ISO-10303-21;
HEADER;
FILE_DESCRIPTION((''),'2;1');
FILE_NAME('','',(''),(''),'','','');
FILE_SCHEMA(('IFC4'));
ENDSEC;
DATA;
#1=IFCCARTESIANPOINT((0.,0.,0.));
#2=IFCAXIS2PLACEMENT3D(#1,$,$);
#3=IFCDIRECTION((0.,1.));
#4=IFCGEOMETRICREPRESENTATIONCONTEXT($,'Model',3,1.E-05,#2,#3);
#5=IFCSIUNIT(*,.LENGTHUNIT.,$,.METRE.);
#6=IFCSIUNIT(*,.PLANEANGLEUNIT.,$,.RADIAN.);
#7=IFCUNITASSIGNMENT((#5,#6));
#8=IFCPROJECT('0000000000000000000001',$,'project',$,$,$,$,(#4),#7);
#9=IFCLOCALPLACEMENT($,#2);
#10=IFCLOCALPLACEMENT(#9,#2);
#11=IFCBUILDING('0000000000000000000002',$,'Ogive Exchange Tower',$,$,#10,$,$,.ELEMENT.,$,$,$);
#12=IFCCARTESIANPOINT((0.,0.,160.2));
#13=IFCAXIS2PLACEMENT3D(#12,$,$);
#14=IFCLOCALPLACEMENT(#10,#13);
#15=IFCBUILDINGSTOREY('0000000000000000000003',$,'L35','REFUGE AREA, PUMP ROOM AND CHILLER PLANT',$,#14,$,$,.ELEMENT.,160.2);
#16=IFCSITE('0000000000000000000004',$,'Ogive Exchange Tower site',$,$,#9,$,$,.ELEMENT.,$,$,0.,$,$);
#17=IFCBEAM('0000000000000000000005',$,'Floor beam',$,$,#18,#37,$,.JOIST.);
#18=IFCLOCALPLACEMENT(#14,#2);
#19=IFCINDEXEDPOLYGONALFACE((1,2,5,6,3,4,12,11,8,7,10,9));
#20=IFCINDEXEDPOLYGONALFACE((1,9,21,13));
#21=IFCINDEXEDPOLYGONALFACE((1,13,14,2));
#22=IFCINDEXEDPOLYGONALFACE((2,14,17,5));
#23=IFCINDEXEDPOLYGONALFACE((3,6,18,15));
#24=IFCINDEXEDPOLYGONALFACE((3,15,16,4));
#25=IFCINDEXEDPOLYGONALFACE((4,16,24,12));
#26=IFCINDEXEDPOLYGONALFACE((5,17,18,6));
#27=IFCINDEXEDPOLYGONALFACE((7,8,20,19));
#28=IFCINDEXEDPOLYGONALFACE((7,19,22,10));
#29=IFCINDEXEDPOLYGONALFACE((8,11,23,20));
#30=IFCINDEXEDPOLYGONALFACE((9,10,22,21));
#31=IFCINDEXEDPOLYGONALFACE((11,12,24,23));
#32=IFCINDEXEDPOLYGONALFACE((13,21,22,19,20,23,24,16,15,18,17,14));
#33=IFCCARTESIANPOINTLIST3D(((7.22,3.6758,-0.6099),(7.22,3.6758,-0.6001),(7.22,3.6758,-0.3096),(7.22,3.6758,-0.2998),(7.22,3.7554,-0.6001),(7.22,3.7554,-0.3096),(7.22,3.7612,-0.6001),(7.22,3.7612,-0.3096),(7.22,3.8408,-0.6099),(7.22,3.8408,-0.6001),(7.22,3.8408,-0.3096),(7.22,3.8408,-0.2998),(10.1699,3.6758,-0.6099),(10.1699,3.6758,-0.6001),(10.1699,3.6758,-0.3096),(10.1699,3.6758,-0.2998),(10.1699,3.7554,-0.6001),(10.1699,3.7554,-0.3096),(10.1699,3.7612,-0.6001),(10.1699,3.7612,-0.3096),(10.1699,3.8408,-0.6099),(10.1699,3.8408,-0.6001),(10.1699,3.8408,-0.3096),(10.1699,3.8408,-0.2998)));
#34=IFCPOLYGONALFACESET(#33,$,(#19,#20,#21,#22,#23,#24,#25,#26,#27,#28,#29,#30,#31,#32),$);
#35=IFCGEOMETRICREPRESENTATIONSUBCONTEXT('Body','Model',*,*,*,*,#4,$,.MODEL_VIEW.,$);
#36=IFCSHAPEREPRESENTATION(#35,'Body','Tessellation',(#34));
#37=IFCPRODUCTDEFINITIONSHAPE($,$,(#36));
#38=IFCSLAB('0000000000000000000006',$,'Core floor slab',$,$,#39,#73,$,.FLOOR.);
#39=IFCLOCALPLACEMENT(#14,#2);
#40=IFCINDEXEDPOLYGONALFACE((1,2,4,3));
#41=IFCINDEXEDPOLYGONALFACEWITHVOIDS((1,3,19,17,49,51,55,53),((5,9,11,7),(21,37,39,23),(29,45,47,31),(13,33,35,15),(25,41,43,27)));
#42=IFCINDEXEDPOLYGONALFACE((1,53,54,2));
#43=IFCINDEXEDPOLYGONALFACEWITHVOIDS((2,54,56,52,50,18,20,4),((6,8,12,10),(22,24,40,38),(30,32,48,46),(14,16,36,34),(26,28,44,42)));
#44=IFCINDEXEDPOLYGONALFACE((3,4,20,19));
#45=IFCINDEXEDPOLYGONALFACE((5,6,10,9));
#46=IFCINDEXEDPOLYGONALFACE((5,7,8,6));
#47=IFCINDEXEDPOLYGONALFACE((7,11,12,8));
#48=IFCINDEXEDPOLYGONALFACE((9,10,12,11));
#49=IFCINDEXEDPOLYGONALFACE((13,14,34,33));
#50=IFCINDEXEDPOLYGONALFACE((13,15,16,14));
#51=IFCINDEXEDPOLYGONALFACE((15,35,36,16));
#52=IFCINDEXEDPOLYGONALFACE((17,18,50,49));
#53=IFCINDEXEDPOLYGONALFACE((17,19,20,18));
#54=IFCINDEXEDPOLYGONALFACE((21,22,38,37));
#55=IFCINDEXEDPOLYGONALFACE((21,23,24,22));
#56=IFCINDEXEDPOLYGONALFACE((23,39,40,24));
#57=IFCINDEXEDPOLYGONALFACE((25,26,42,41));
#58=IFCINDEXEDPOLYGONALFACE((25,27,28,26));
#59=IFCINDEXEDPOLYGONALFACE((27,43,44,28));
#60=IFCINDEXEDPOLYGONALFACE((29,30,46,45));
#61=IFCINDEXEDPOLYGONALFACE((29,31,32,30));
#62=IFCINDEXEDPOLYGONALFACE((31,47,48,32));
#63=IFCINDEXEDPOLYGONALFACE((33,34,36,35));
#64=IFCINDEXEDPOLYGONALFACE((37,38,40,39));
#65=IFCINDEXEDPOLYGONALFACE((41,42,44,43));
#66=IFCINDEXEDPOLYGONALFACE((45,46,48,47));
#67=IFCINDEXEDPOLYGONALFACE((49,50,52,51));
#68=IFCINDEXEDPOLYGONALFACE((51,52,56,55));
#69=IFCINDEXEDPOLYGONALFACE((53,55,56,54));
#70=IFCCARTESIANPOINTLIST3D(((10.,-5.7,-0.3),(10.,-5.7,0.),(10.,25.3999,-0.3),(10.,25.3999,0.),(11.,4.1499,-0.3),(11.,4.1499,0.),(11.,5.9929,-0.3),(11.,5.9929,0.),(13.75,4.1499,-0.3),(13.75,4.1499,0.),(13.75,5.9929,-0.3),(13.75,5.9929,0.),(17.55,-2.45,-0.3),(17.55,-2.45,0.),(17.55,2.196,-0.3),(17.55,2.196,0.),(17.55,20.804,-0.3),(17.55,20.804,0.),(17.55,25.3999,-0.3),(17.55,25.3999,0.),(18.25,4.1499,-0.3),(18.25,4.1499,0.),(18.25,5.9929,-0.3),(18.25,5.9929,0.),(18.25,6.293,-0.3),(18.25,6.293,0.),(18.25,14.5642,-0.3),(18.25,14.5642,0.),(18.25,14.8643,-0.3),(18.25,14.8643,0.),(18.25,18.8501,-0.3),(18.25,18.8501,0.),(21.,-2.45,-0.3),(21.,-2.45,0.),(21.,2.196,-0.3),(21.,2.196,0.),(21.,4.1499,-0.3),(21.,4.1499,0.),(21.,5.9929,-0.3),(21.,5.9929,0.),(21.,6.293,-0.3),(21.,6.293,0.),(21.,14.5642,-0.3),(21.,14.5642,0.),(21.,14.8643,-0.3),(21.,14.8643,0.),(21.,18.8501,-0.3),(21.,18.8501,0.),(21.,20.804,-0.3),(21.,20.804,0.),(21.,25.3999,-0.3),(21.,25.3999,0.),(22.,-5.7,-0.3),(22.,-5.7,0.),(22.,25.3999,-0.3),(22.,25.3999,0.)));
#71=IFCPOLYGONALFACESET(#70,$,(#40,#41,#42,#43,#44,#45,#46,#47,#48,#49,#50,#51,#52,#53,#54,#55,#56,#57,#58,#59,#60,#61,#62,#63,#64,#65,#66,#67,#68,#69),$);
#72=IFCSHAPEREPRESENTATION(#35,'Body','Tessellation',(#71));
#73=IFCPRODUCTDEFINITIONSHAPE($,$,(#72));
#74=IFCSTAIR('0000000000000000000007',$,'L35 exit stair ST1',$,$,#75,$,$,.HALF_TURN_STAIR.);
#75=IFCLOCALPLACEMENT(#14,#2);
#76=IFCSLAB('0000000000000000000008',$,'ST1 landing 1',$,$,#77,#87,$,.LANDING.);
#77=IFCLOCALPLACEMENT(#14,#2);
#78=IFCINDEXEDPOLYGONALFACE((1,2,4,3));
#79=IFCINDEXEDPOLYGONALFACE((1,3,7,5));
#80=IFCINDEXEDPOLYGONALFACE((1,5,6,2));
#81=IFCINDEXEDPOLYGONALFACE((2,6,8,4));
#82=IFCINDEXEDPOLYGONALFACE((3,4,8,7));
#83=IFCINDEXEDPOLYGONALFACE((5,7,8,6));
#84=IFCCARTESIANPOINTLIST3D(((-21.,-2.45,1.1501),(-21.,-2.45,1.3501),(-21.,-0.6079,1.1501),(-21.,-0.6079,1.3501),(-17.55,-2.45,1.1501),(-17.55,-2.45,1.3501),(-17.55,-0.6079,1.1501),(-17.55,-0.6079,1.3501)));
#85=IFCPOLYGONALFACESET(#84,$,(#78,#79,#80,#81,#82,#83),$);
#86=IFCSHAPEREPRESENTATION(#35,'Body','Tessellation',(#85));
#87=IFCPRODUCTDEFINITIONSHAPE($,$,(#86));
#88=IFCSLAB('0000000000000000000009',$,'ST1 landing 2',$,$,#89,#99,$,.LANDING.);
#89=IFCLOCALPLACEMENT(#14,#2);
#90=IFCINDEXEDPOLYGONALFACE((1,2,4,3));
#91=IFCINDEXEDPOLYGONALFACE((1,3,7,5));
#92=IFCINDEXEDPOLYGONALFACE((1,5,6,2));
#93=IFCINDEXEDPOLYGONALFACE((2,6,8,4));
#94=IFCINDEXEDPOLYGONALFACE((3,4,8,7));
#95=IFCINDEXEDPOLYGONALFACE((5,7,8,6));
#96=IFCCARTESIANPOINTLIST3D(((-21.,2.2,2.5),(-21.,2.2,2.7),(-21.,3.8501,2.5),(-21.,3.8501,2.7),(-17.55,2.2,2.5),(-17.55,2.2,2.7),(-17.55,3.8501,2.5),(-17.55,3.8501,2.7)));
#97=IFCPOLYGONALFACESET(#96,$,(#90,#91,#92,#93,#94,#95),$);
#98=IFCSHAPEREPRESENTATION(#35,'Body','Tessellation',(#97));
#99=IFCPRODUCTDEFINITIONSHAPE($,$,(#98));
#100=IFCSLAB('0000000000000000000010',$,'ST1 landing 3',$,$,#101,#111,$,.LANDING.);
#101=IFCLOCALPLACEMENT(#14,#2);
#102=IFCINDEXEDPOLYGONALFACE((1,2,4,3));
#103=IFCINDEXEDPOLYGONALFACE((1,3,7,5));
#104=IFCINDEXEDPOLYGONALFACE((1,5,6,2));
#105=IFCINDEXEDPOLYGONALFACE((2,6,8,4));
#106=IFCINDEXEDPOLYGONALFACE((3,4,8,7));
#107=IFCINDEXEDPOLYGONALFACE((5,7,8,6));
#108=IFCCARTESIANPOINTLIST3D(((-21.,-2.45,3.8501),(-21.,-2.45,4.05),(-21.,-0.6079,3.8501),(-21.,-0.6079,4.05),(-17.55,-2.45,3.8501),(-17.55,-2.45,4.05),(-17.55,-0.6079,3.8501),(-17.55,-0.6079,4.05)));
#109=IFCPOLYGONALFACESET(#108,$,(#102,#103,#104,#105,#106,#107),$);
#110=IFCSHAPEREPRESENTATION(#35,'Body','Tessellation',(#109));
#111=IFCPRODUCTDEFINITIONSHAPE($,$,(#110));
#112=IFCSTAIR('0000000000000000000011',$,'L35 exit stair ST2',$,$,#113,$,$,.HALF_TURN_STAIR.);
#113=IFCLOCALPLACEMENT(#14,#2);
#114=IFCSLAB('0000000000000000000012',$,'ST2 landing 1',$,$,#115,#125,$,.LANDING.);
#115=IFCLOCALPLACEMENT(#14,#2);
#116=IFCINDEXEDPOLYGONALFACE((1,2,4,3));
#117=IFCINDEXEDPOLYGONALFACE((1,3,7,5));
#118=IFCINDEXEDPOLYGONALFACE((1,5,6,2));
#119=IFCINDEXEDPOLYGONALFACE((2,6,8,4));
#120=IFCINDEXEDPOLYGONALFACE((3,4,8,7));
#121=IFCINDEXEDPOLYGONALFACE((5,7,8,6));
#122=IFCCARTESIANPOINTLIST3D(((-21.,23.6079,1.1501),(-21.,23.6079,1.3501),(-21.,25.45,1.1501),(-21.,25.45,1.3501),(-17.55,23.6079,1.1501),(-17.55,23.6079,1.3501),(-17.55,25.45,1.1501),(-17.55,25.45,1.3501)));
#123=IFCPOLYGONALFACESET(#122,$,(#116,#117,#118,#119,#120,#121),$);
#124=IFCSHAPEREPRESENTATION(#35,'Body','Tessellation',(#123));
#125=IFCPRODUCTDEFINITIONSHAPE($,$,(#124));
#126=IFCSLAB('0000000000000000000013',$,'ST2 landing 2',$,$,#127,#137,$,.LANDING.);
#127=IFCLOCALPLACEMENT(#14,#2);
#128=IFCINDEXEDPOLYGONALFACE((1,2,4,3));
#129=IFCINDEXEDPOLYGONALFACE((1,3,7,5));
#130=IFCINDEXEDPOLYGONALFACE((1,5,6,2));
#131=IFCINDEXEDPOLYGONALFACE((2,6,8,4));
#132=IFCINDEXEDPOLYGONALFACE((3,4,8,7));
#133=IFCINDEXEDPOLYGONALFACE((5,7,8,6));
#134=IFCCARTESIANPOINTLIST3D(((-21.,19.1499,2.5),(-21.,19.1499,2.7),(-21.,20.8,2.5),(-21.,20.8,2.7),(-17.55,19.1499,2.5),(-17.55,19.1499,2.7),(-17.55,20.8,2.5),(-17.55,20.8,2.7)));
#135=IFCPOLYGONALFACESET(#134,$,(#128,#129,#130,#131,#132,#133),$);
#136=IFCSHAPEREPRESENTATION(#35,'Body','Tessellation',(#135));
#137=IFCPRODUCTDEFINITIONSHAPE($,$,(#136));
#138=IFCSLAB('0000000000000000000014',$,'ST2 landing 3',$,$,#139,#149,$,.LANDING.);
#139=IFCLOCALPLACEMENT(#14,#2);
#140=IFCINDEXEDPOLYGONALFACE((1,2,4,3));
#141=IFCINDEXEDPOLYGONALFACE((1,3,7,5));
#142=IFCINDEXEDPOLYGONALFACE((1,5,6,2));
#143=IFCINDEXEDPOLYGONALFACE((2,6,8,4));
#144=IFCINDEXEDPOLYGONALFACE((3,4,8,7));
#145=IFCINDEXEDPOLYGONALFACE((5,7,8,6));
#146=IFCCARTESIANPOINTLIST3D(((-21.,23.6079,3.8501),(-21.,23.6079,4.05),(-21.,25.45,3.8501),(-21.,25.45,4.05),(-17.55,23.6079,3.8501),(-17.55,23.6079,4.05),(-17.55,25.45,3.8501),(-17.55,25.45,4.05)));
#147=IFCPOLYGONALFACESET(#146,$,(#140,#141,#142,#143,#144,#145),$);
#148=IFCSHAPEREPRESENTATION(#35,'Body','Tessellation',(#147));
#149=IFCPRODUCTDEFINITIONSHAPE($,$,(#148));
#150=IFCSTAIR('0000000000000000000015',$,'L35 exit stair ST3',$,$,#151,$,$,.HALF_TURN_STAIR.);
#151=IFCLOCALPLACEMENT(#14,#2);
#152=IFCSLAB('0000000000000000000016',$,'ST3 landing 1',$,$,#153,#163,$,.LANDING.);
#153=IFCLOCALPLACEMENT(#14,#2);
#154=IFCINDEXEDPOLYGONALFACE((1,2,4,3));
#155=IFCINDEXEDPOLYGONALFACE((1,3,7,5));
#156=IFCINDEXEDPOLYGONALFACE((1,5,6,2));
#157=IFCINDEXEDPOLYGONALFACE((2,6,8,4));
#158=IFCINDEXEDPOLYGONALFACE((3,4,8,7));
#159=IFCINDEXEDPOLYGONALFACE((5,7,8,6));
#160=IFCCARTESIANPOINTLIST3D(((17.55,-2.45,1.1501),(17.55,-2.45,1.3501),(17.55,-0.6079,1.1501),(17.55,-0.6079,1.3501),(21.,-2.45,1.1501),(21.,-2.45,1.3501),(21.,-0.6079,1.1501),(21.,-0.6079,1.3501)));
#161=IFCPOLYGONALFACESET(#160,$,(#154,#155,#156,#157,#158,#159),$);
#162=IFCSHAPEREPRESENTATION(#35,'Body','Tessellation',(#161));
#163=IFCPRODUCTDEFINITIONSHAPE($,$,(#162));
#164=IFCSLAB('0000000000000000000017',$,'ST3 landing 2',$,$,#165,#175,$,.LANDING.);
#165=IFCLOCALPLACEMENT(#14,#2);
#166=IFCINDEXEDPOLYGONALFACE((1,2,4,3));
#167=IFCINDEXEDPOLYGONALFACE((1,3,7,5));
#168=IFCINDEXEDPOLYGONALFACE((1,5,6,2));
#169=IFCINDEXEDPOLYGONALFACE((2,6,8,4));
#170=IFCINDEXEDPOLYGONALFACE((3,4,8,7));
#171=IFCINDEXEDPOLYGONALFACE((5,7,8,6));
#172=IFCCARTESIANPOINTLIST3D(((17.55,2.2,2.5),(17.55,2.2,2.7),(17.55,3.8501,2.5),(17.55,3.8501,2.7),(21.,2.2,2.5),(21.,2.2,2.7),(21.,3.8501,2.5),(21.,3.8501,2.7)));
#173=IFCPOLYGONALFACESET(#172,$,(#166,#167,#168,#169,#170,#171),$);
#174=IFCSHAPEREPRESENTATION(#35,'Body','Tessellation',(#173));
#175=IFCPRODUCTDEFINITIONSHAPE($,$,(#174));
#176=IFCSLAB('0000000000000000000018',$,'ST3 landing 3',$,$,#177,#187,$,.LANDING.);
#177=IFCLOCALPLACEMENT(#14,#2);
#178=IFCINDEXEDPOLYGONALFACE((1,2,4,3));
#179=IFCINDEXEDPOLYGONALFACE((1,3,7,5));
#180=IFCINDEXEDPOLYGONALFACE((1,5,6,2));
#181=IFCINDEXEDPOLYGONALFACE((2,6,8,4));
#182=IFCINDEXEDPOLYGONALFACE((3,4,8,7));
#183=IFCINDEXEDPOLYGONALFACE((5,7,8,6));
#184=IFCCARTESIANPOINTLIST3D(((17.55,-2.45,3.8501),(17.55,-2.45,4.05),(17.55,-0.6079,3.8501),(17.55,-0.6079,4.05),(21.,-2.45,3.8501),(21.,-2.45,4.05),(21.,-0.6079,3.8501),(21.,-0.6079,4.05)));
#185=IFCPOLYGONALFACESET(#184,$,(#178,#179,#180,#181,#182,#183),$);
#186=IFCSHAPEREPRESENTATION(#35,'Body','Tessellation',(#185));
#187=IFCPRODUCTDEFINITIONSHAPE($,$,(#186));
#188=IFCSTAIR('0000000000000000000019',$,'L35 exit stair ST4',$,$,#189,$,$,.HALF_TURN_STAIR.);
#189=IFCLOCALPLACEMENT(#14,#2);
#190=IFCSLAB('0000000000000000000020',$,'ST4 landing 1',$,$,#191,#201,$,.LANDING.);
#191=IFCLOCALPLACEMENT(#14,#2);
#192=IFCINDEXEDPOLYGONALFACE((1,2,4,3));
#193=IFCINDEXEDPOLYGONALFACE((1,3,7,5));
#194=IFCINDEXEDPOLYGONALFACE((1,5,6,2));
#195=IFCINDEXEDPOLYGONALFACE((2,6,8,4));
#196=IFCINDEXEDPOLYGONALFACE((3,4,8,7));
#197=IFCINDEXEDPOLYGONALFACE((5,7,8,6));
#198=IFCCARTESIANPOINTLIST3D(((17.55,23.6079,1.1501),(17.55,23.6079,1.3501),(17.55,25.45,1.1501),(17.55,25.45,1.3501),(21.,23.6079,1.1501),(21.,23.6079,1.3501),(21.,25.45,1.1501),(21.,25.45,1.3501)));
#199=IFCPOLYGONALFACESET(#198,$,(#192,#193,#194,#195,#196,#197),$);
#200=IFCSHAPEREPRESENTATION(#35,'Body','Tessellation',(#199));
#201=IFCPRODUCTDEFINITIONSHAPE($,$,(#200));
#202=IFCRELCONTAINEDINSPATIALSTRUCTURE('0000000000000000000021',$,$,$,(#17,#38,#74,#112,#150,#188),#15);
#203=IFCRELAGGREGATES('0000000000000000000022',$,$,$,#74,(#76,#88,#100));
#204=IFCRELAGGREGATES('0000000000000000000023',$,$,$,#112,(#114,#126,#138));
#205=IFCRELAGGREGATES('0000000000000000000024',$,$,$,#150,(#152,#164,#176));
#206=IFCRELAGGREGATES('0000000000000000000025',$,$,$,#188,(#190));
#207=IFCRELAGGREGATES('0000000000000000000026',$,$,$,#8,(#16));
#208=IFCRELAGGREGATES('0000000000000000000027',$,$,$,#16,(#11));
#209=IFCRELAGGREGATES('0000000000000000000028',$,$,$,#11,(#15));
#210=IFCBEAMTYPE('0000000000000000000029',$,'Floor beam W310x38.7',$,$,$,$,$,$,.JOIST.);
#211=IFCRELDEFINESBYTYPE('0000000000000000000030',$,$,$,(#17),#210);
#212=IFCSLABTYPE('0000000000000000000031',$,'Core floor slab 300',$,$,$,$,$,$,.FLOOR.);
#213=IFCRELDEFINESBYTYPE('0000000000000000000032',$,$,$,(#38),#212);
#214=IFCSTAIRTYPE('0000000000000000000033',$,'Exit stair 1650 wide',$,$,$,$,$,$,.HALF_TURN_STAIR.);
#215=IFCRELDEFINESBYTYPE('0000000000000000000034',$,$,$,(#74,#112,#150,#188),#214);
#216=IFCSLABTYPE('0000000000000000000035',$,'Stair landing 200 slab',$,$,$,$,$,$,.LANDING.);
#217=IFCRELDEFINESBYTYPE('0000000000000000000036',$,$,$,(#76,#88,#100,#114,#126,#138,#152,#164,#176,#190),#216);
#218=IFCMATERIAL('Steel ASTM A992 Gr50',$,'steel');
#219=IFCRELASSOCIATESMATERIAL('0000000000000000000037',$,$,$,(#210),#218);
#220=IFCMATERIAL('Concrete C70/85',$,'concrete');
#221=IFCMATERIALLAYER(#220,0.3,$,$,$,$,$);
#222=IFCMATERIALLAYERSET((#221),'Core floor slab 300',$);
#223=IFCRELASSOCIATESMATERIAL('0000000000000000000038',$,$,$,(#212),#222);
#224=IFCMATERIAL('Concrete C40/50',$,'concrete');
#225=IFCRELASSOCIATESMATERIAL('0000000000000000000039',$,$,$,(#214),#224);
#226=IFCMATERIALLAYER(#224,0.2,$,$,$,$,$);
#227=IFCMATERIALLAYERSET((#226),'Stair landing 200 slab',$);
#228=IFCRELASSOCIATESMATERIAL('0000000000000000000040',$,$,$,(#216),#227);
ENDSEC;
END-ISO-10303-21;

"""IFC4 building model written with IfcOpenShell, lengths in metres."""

from ifc_helpers import new_model, si_unit, direction, frame, origin, origin_2d, place, context, subcontext, project, spatial, polyline, i_section, outline, extrude, material, layer, layer_set, material_profile, profile_set, type_object, element, aggregate, save


model = new_model("IFC4")

# Units and contexts
model_context = context("Model", 3, precision=1e-05, world=origin(), true_north=direction((0.0, 1.0)))
body_context = subcontext(model_context, "Body", "Model", "MODEL_VIEW")
ifc_project = project(units=[si_unit("LENGTHUNIT", "METRE"), si_unit("PLANEANGLEUNIT", "RADIAN")], contexts=[model_context])

# Site, building, storey
site_placement = place(None, origin())
site = spatial("IfcSite", under=ifc_project, at=site_placement, Name="Ogive Exchange Tower site", CompositionType="ELEMENT", RefElevation=0.0)
building_placement = place(site_placement, origin())
building = spatial("IfcBuilding", under=site, at=building_placement, Name="Ogive Exchange Tower", CompositionType="ELEMENT")
storey_placement = place(building_placement, frame((0.0, 0.0, 160.2)))
storey = spatial("IfcBuildingStorey", under=building, at=storey_placement, Name="L35", Description="REFUGE AREA, PUMP ROOM AND CHILLER PLANT", CompositionType="ELEMENT", Elevation=160.2)

# Beam
ifc_material_1 = material(Name="Steel ASTM A992 Gr50", Category="steel")
ifc_material_profile = material_profile(ifc_material_1, i_section(OverallWidth=0.165, OverallDepth=0.3101, WebThickness=0.0059, FlangeThickness=0.0098, at=origin_2d()), Name="W310x38.7")
ifc_profile_set = profile_set([ifc_material_profile], Name="Steel ASTM A992 Gr50")
beam_type = type_object("IfcBeamType", Name="Floor beam W310x38.7", PredefinedType="JOIST", material=ifc_profile_set)
beam_placement = place(storey_placement, frame((7.22, 3.7583, -0.4548), z_axis=(1.0, 0.0, 0.0), x_axis=(0.0, 1.0, 0.0)))
element("IfcBeam", 1, at=beam_placement, inside=storey, type_object=beam_type, Name="Floor beam", PredefinedType="JOIST", context=body_context, shape_type="SweptSolid", body=[
    extrude(i_section(OverallWidth=0.165, OverallDepth=0.3101, WebThickness=0.0059, FlangeThickness=0.0098, at=origin_2d()), origin(), (0.0, 0.0, 1.0), 2.95),
])

# Slab
ifc_material_2 = material(Name="Concrete C70/85", Category="concrete")
ifc_layer_1 = layer(ifc_material_2, 0.3)
ifc_layer_set_1 = layer_set([ifc_layer_1], Name="Core floor slab 300")
slab_type_1 = type_object("IfcSlabType", Name="Core floor slab 300", PredefinedType="FLOOR", material=ifc_layer_set_1)
slab_1_placement = place(storey_placement, frame((0.0, 0.0, -0.3)))
element("IfcSlab", 2, at=slab_1_placement, inside=storey, type_object=slab_type_1, Name="Core floor slab", PredefinedType="FLOOR", context=body_context, shape_type="SweptSolid", body=[
    extrude(outline(polyline([(22.0, 25.3999), (22.0, -5.7), (10.0, -5.7), (10.0, 25.3999), (17.55, 25.3999), (17.55, 20.804), (21.0, 20.804), (21.0, 25.3999), (22.0, 25.3999)]), holes=[polyline([(21.0, 2.196), (17.55, 2.196), (17.55, -2.45), (21.0, -2.45), (21.0, 2.196)]), polyline([(13.75, 5.9929), (11.0, 5.9929), (11.0, 4.1499), (13.75, 4.1499), (13.75, 5.9929)]), polyline([(21.0, 5.9929), (18.25, 5.9929), (18.25, 4.1499), (21.0, 4.1499), (21.0, 5.9929)]), polyline([(18.25, 14.5642), (18.25, 6.293), (21.0, 6.293), (21.0, 14.5642), (18.25, 14.5642)]), polyline([(21.0, 18.8501), (18.25, 18.8501), (18.25, 14.8643), (21.0, 14.8643), (21.0, 18.8501)])]), origin(), (0.0, 0.0, 1.0), 0.3),
])

# Stairs, slabs
ifc_material_3 = material(Name="Concrete C40/50", Category="concrete")
stair_type = type_object("IfcStairType", Name="Exit stair 1650 wide", PredefinedType="HALF_TURN_STAIR", material=ifc_material_3)
stair_1_placement = place(storey_placement, origin())
stair_1 = element("IfcStair", 3, at=stair_1_placement, inside=storey, type_object=stair_type, Name="L35 exit stair ST1", PredefinedType="HALF_TURN_STAIR")
ifc_layer_2 = layer(ifc_material_3, 0.2)
ifc_layer_set_2 = layer_set([ifc_layer_2], Name="Stair landing 200 slab")
slab_type_2 = type_object("IfcSlabType", Name="Stair landing 200 slab", PredefinedType="LANDING", material=ifc_layer_set_2)
slab_2_placement = place(storey_placement, frame((0.0, 0.0, 1.1501)))
slab_2 = element("IfcSlab", 4, at=slab_2_placement, type_object=slab_type_2, Name="ST1 landing 1", PredefinedType="LANDING", context=body_context, shape_type="SweptSolid", body=[
    extrude(outline(polyline([(-21.0, -0.6079), (-21.0, -2.45), (-17.55, -2.45), (-17.55, -0.6079), (-21.0, -0.6079)])), origin(), (0.0, 0.0, 1.0), 0.2),
])
slab_3_placement = place(storey_placement, frame((0.0, 0.0, 2.5)))
slab_3 = element("IfcSlab", 5, at=slab_3_placement, type_object=slab_type_2, Name="ST1 landing 2", PredefinedType="LANDING", context=body_context, shape_type="SweptSolid", body=[
    extrude(outline(polyline([(-21.0, 3.8501), (-21.0, 2.2), (-17.55, 2.2), (-17.55, 3.8501), (-21.0, 3.8501)])), origin(), (0.0, 0.0, 1.0), 0.2),
])
slab_4_placement = place(storey_placement, frame((0.0, 0.0, 3.8501)))
slab_4 = element("IfcSlab", 6, at=slab_4_placement, type_object=slab_type_2, Name="ST1 landing 3", PredefinedType="LANDING", context=body_context, shape_type="SweptSolid", body=[
    extrude(outline(polyline([(-21.0, -0.6079), (-21.0, -2.45), (-17.55, -2.45), (-17.55, -0.6079), (-21.0, -0.6079)])), origin(), (0.0, 0.0, 1.0), 0.2),
])
aggregate(stair_1, [slab_2, slab_3, slab_4])
stair_2_placement = place(storey_placement, origin())
stair_2 = element("IfcStair", 7, at=stair_2_placement, inside=storey, type_object=stair_type, Name="L35 exit stair ST2", PredefinedType="HALF_TURN_STAIR")
slab_5_placement = place(storey_placement, frame((0.0, 0.0, 1.1501)))
slab_5 = element("IfcSlab", 8, at=slab_5_placement, type_object=slab_type_2, Name="ST2 landing 1", PredefinedType="LANDING", context=body_context, shape_type="SweptSolid", body=[
    extrude(outline(polyline([(-17.55, 23.6079), (-17.55, 25.45), (-21.0, 25.45), (-21.0, 23.6079), (-17.55, 23.6079)])), origin(), (0.0, 0.0, 1.0), 0.2),
])
slab_6_placement = place(storey_placement, frame((0.0, 0.0, 2.5)))
slab_6 = element("IfcSlab", 9, at=slab_6_placement, type_object=slab_type_2, Name="ST2 landing 2", PredefinedType="LANDING", context=body_context, shape_type="SweptSolid", body=[
    extrude(outline(polyline([(-17.55, 19.1499), (-17.55, 20.8), (-21.0, 20.8), (-21.0, 19.1499), (-17.55, 19.1499)])), origin(), (0.0, 0.0, 1.0), 0.2),
])
slab_7_placement = place(storey_placement, frame((0.0, 0.0, 3.8501)))
slab_7 = element("IfcSlab", 10, at=slab_7_placement, type_object=slab_type_2, Name="ST2 landing 3", PredefinedType="LANDING", context=body_context, shape_type="SweptSolid", body=[
    extrude(outline(polyline([(-17.55, 23.6079), (-17.55, 25.45), (-21.0, 25.45), (-21.0, 23.6079), (-17.55, 23.6079)])), origin(), (0.0, 0.0, 1.0), 0.2),
])
aggregate(stair_2, [slab_5, slab_6, slab_7])
stair_3_placement = place(storey_placement, origin())
stair_3 = element("IfcStair", 11, at=stair_3_placement, inside=storey, type_object=stair_type, Name="L35 exit stair ST3", PredefinedType="HALF_TURN_STAIR")
slab_8_placement = place(storey_placement, frame((0.0, 0.0, 1.1501)))
slab_8 = element("IfcSlab", 12, at=slab_8_placement, type_object=slab_type_2, Name="ST3 landing 1", PredefinedType="LANDING", context=body_context, shape_type="SweptSolid", body=[
    extrude(outline(polyline([(17.55, -0.6079), (17.55, -2.45), (21.0, -2.45), (21.0, -0.6079), (17.55, -0.6079)])), origin(), (0.0, 0.0, 1.0), 0.2),
])
slab_9_placement = place(storey_placement, frame((0.0, 0.0, 2.5)))
slab_9 = element("IfcSlab", 13, at=slab_9_placement, type_object=slab_type_2, Name="ST3 landing 2", PredefinedType="LANDING", context=body_context, shape_type="SweptSolid", body=[
    extrude(outline(polyline([(17.55, 3.8501), (17.55, 2.2), (21.0, 2.2), (21.0, 3.8501), (17.55, 3.8501)])), origin(), (0.0, 0.0, 1.0), 0.2),
])
slab_10_placement = place(storey_placement, frame((0.0, 0.0, 3.8501)))
slab_10 = element("IfcSlab", 14, at=slab_10_placement, type_object=slab_type_2, Name="ST3 landing 3", PredefinedType="LANDING", context=body_context, shape_type="SweptSolid", body=[
    extrude(outline(polyline([(17.55, -0.6079), (17.55, -2.45), (21.0, -2.45), (21.0, -0.6079), (17.55, -0.6079)])), origin(), (0.0, 0.0, 1.0), 0.2),
])
aggregate(stair_3, [slab_8, slab_9, slab_10])
stair_4_placement = place(storey_placement, origin())
stair_4 = element("IfcStair", 15, at=stair_4_placement, inside=storey, type_object=stair_type, Name="L35 exit stair ST4", PredefinedType="HALF_TURN_STAIR")
slab_11_placement = place(storey_placement, frame((0.0, 0.0, 1.1501)))
slab_11 = element("IfcSlab", 16, at=slab_11_placement, type_object=slab_type_2, Name="ST4 landing 1", PredefinedType="LANDING", context=body_context, shape_type="SweptSolid", body=[
    extrude(outline(polyline([(21.0, 23.6079), (21.0, 25.45), (17.55, 25.45), (17.55, 23.6079), (21.0, 23.6079)])), origin(), (0.0, 0.0, 1.0), 0.2),
])
aggregate(stair_4, [slab_11])

save(model, "model.ifc")
